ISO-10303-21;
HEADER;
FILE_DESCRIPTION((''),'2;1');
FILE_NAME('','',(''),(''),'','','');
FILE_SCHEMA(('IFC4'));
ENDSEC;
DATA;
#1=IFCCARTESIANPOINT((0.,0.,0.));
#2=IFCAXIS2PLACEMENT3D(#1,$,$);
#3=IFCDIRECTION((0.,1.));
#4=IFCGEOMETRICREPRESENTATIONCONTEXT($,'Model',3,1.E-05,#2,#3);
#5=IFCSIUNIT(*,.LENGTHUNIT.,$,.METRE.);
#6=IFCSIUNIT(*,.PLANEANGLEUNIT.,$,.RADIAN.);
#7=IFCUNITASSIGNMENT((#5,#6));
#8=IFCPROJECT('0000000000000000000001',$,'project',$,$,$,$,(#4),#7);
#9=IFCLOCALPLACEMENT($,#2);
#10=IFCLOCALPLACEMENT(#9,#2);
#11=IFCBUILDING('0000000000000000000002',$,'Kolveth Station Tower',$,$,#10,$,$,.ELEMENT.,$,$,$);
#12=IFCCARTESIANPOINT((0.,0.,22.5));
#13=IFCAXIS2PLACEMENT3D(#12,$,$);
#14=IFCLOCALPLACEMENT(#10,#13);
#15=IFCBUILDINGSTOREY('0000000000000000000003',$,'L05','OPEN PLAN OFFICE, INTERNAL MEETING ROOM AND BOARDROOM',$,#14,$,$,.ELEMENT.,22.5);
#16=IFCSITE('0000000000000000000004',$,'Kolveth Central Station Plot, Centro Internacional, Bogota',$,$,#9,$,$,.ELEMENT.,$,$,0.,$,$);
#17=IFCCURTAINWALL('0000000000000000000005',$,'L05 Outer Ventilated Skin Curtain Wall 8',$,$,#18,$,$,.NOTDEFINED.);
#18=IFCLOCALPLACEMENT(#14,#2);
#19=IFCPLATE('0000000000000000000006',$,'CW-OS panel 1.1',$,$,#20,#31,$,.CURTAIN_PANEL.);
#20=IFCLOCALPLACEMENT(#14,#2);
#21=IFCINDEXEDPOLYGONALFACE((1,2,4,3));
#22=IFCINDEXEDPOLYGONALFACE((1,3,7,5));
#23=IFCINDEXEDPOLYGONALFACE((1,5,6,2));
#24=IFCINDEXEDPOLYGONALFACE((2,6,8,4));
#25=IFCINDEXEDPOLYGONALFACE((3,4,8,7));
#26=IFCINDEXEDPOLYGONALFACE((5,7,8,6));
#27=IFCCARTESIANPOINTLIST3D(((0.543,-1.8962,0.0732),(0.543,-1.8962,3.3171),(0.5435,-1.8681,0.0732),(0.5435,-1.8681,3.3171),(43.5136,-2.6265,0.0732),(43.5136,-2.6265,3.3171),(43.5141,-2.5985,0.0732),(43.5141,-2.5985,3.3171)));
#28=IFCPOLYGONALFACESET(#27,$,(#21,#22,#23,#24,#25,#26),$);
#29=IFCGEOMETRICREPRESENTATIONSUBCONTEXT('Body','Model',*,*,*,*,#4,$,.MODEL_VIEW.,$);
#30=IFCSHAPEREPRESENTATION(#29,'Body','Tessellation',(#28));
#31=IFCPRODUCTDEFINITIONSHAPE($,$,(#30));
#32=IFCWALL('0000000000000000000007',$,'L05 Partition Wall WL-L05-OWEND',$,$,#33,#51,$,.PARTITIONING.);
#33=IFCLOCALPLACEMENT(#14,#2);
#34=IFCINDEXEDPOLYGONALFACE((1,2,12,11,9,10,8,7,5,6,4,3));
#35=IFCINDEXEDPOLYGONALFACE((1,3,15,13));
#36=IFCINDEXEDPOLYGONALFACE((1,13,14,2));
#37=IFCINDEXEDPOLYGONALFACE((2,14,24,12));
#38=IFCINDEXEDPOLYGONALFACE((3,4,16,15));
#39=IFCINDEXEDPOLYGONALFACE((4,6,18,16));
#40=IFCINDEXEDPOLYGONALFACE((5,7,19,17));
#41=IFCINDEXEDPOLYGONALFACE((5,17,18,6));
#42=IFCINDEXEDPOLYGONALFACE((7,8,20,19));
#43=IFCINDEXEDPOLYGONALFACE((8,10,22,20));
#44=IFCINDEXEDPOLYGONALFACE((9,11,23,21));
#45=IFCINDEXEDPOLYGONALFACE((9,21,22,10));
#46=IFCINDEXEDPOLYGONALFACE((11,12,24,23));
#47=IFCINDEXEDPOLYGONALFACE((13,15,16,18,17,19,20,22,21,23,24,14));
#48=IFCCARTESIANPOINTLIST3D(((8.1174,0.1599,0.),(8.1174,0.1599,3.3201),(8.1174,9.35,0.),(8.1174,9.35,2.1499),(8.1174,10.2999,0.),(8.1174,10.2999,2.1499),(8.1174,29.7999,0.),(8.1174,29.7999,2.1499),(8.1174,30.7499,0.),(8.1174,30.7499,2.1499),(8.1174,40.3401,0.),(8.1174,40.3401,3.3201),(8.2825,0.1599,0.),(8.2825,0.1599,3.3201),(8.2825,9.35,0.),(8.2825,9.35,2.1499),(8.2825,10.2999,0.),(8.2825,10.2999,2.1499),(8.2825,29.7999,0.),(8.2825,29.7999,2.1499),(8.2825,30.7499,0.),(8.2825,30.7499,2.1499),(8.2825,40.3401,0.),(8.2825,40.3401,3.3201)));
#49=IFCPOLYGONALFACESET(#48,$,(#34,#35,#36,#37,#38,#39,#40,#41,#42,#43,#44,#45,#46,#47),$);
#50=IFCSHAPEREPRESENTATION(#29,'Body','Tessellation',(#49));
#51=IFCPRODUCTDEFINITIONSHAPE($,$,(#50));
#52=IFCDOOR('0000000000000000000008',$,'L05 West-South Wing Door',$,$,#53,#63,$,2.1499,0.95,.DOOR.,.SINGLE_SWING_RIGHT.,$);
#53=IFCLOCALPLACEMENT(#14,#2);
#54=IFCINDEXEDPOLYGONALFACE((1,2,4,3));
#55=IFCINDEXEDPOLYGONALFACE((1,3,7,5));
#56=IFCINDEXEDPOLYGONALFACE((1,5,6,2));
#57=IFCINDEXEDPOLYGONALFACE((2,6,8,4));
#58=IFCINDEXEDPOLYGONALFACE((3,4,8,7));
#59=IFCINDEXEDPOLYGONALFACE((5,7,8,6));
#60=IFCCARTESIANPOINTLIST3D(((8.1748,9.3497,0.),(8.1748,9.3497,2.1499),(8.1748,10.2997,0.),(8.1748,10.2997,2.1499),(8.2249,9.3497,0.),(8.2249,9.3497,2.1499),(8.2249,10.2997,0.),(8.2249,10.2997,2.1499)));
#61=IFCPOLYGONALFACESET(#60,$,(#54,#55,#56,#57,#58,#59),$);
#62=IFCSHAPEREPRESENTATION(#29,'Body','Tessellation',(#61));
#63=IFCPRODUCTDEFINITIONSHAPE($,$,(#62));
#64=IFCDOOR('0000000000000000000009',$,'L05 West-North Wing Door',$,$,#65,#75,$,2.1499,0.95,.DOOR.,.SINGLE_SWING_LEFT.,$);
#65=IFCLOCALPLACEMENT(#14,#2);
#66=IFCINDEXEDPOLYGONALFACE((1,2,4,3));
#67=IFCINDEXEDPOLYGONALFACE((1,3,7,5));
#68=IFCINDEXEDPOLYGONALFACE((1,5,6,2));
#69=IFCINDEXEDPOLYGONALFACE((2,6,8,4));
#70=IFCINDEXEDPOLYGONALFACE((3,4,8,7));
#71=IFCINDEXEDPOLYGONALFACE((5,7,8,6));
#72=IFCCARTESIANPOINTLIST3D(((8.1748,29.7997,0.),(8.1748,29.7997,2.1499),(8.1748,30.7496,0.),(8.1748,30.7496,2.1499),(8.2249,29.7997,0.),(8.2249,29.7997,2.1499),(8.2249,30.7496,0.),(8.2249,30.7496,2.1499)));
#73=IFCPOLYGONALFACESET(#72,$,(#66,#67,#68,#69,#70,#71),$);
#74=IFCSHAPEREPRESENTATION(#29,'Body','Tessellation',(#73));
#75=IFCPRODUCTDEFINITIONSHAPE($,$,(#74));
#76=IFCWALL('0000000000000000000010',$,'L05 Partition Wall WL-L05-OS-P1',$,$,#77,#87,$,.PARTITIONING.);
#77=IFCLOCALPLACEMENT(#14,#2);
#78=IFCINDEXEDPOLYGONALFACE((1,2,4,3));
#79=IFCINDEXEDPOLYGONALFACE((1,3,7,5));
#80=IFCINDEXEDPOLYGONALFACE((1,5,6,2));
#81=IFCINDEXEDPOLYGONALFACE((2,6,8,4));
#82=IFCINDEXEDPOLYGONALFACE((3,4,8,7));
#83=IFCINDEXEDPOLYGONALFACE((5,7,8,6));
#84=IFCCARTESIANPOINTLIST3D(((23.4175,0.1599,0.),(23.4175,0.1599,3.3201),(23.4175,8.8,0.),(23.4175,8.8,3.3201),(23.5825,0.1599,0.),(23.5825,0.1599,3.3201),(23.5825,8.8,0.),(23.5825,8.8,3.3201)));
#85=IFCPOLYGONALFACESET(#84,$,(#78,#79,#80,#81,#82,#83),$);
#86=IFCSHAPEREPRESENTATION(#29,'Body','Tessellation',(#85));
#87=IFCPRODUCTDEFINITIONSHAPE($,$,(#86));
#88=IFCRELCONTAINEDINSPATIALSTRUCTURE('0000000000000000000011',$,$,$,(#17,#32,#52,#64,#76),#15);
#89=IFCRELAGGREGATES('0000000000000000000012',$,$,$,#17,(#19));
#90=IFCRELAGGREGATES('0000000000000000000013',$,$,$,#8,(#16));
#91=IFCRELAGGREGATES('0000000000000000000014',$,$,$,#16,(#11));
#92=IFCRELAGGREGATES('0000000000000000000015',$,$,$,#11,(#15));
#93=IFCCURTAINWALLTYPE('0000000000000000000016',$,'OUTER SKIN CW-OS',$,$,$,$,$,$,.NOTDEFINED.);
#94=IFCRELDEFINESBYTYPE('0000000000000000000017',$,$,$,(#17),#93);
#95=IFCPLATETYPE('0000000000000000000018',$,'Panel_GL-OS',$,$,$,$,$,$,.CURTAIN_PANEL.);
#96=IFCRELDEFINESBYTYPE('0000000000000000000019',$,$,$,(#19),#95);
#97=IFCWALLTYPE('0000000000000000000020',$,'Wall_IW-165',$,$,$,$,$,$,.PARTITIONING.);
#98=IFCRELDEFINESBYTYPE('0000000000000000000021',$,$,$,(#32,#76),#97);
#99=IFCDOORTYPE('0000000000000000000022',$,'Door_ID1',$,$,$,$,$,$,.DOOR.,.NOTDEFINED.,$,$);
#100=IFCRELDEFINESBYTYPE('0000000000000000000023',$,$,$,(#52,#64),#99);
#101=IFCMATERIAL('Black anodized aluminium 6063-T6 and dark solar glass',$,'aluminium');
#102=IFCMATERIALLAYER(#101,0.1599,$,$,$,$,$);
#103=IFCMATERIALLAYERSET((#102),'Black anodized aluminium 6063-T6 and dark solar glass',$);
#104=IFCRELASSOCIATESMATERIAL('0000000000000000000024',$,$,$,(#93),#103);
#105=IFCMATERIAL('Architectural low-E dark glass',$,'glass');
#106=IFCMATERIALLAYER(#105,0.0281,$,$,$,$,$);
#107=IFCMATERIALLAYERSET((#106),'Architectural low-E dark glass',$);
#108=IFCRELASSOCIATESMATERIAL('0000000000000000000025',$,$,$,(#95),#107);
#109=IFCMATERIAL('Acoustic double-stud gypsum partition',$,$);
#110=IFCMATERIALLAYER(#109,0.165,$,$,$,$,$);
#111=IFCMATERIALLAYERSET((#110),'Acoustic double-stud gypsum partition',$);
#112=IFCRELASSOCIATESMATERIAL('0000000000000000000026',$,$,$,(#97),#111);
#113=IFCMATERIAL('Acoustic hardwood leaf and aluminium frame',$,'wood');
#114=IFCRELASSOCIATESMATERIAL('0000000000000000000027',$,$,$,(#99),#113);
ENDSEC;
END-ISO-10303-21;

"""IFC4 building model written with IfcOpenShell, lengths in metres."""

from ifc_helpers import new_model, si_unit, direction, frame, frame_2d, origin, origin_2d, place, context, subcontext, project, spatial, rectangle, extrude, source, transform, mapped, material, layer, layer_set, type_object, element, fill, aggregate, save


model = new_model("IFC4")

# Units and contexts
model_context = context("Model", 3, precision=1e-05, world=origin(), true_north=direction((0.0, 1.0)))
body_context = subcontext(model_context, "Body", "Model", "MODEL_VIEW")
ifc_project = project(units=[si_unit("LENGTHUNIT", "METRE"), si_unit("PLANEANGLEUNIT", "RADIAN")], contexts=[model_context])

# Site, building, storey
site_placement = place(None, origin())
site = spatial("IfcSite", under=ifc_project, at=site_placement, Name="Kolveth Central Station Plot, Centro Internacional, Bogota", CompositionType="ELEMENT", RefElevation=0.0)
building_placement = place(site_placement, origin())
building = spatial("IfcBuilding", under=site, at=building_placement, Name="Kolveth Station Tower", CompositionType="ELEMENT")
storey_placement = place(building_placement, frame((0.0, 0.0, 22.5)))
storey = spatial("IfcBuildingStorey", under=building, at=storey_placement, Name="L05", Description="OPEN PLAN OFFICE, INTERNAL MEETING ROOM AND BOARDROOM", CompositionType="ELEMENT", Elevation=22.5)

# Shared definitions
ifc_material_1 = material(Name="Architectural low-E dark glass", Category="glass")

# Curtain wall, plate
ifc_material_2 = material(Name="Black anodized aluminium 6063-T6 and dark solar glass", Category="aluminium")
ifc_layer_1 = layer(ifc_material_2, 0.1599)
ifc_layer_set_1 = layer_set([ifc_layer_1], Name="Black anodized aluminium 6063-T6 and dark solar glass")
curtain_wall_type_1 = type_object("IfcCurtainWallType", Name="OUTER SKIN CW-OS", PredefinedType="NOTDEFINED", material=ifc_layer_set_1)
curtain_wall_1_placement = place(storey_placement, origin())
curtain_wall_1 = element("IfcCurtainWall", 1, at=curtain_wall_1_placement, inside=storey, type_object=curtain_wall_type_1, Name="L05 Outer Ventilated Skin Curtain Wall 8", PredefinedType="NOTDEFINED")
ifc_layer_2 = layer(ifc_material_1, 0.0281)
ifc_layer_set_2 = layer_set([ifc_layer_2], Name="Architectural low-E dark glass")
plate_type_1 = type_object("IfcPlateType", Name="Panel_GL-OS", PredefinedType="CURTAIN_PANEL", material=ifc_layer_set_2)
shared_shape_1 = source(origin(), body_context, "Body", "SweptSolid", [
    extrude(rectangle(XDim=42.9768, YDim=0.0281, at=origin_2d()), origin(), (0.0, 0.0, 1.0), 3.2439),
])
plate_1_placement = place(storey_placement, frame((22.0286, -2.2473, 0.0732), z_axis=(0.0, 0.0, 1.0), x_axis=(0.999856, -0.016995, 0.0)))
plate_1 = element("IfcPlate", 2, at=plate_1_placement, type_object=plate_type_1, Name="CW-OS panel 1.1", PredefinedType="CURTAIN_PANEL", context=body_context, shape_type="MappedRepresentation", body=[
    mapped(shared_shape_1, transform((0.0, 0.0, 0.0), x_axis=(1.0, 0.0, 0.0), y_axis=(0.0, 1.0, 0.0), z_axis=(0.0, 0.0, 1.0), scale=1.0)),
])
aggregate(curtain_wall_1, [plate_1])

# Wall, openings, doors
ifc_material_3 = material(Name="Acoustic double-stud gypsum partition")
ifc_layer_3 = layer(ifc_material_3, 0.165)
ifc_layer_set_3 = layer_set([ifc_layer_3], Name="Acoustic double-stud gypsum partition")
wall_type = type_object("IfcWallType", Name="Wall_IW-165", PredefinedType="PARTITIONING", material=ifc_layer_set_3)
wall_1_placement = place(storey_placement, frame((8.2, 0.1599, 0.0), z_axis=(0.0, 0.0, 1.0), x_axis=(0.0, 1.0, 0.0)))
wall_1 = element("IfcWall", 3, at=wall_1_placement, inside=storey, type_object=wall_type, Name="L05 Partition Wall WL-L05-OWEND", PredefinedType="PARTITIONING", context=body_context, shape_type="SweptSolid", body=[
    extrude(rectangle(XDim=40.1802, YDim=0.165, at=frame_2d((20.0901, 0.0))), origin(), (0.0, 0.0, 1.0), 3.3201),
])
opening_1_placement = place(wall_1_placement, frame((9.1899, 0.0, 0.0)))
opening_1 = element("IfcOpeningElement", 4, at=opening_1_placement, cuts=wall_1, PredefinedType="OPENING", context=body_context, shape_type="SweptSolid", body=[
    extrude(rectangle(XDim=0.95, YDim=2.1499, at=frame_2d((0.4751, 1.075))), frame((0.0, 0.0925, 0.0), z_axis=(0.0, -1.0, 0.0), x_axis=(1.0, 0.0, 0.0)), (0.0, 0.0, 1.0), 0.1851),
])
opening_2_placement = place(wall_1_placement, frame((29.6399, 0.0, 0.0)))
opening_2 = element("IfcOpeningElement", 5, at=opening_2_placement, cuts=wall_1, PredefinedType="OPENING", context=body_context, shape_type="SweptSolid", body=[
    extrude(rectangle(XDim=0.95, YDim=2.1499, at=frame_2d((0.4751, 1.075))), frame((0.0, 0.0925, 0.0), z_axis=(0.0, -1.0, 0.0), x_axis=(1.0, 0.0, 0.0)), (0.0, 0.0, 1.0), 0.1851),
])
ifc_material_4 = material(Name="Acoustic hardwood leaf and aluminium frame", Category="wood")
door_type = type_object("IfcDoorType", Name="Door_ID1", OperationType="NOTDEFINED", PredefinedType="DOOR", material=ifc_material_4)
door_1_placement = place(opening_1_placement, frame((0.95, 0.0, 0.0), z_axis=(0.0, 0.0, 1.0), x_axis=(-1.0, 0.0, 0.0)))
door_1 = element("IfcDoor", 6, at=door_1_placement, inside=storey, type_object=door_type, Name="L05 West-South Wing Door", OperationType="SINGLE_SWING_RIGHT", OverallHeight=2.1499, OverallWidth=0.95, PredefinedType="DOOR", context=body_context, shape_type="SweptSolid", body=[
    extrude(rectangle(XDim=0.95, YDim=2.1499, at=frame_2d((0.4751, 1.075))), frame((0.0, 0.0249, 0.0), z_axis=(0.0, -1.0, 0.0), x_axis=(1.0, 0.0, 0.0)), (0.0, 0.0, 1.0), 0.05),
])
fill(opening_1, door_1)
door_2_placement = place(opening_2_placement, frame((0.95, 0.0, 0.0), z_axis=(0.0, 0.0, 1.0), x_axis=(-1.0, 0.0, 0.0)))
door_2 = element("IfcDoor", 7, at=door_2_placement, inside=storey, type_object=door_type, Name="L05 West-North Wing Door", OperationType="SINGLE_SWING_LEFT", OverallHeight=2.1499, OverallWidth=0.95, PredefinedType="DOOR", context=body_context, shape_type="SweptSolid", body=[
    extrude(rectangle(XDim=0.95, YDim=2.1499, at=frame_2d((0.4751, 1.075))), frame((0.0, 0.0249, 0.0), z_axis=(0.0, -1.0, 0.0), x_axis=(1.0, 0.0, 0.0)), (0.0, 0.0, 1.0), 0.05),
])
fill(opening_2, door_2)

# Wall
wall_2_placement = place(storey_placement, frame((23.5, 0.1599, 0.0), z_axis=(0.0, 0.0, 1.0), x_axis=(0.0, 1.0, 0.0)))
element("IfcWall", 8, at=wall_2_placement, inside=storey, type_object=wall_type, Name="L05 Partition Wall WL-L05-OS-P1", PredefinedType="PARTITIONING", context=body_context, shape_type="SweptSolid", body=[
    extrude(rectangle(XDim=8.6401, YDim=0.165, at=frame_2d((4.3201, 0.0))), origin(), (0.0, 0.0, 1.0), 3.3201),
])

save(model, "model.ifc")
